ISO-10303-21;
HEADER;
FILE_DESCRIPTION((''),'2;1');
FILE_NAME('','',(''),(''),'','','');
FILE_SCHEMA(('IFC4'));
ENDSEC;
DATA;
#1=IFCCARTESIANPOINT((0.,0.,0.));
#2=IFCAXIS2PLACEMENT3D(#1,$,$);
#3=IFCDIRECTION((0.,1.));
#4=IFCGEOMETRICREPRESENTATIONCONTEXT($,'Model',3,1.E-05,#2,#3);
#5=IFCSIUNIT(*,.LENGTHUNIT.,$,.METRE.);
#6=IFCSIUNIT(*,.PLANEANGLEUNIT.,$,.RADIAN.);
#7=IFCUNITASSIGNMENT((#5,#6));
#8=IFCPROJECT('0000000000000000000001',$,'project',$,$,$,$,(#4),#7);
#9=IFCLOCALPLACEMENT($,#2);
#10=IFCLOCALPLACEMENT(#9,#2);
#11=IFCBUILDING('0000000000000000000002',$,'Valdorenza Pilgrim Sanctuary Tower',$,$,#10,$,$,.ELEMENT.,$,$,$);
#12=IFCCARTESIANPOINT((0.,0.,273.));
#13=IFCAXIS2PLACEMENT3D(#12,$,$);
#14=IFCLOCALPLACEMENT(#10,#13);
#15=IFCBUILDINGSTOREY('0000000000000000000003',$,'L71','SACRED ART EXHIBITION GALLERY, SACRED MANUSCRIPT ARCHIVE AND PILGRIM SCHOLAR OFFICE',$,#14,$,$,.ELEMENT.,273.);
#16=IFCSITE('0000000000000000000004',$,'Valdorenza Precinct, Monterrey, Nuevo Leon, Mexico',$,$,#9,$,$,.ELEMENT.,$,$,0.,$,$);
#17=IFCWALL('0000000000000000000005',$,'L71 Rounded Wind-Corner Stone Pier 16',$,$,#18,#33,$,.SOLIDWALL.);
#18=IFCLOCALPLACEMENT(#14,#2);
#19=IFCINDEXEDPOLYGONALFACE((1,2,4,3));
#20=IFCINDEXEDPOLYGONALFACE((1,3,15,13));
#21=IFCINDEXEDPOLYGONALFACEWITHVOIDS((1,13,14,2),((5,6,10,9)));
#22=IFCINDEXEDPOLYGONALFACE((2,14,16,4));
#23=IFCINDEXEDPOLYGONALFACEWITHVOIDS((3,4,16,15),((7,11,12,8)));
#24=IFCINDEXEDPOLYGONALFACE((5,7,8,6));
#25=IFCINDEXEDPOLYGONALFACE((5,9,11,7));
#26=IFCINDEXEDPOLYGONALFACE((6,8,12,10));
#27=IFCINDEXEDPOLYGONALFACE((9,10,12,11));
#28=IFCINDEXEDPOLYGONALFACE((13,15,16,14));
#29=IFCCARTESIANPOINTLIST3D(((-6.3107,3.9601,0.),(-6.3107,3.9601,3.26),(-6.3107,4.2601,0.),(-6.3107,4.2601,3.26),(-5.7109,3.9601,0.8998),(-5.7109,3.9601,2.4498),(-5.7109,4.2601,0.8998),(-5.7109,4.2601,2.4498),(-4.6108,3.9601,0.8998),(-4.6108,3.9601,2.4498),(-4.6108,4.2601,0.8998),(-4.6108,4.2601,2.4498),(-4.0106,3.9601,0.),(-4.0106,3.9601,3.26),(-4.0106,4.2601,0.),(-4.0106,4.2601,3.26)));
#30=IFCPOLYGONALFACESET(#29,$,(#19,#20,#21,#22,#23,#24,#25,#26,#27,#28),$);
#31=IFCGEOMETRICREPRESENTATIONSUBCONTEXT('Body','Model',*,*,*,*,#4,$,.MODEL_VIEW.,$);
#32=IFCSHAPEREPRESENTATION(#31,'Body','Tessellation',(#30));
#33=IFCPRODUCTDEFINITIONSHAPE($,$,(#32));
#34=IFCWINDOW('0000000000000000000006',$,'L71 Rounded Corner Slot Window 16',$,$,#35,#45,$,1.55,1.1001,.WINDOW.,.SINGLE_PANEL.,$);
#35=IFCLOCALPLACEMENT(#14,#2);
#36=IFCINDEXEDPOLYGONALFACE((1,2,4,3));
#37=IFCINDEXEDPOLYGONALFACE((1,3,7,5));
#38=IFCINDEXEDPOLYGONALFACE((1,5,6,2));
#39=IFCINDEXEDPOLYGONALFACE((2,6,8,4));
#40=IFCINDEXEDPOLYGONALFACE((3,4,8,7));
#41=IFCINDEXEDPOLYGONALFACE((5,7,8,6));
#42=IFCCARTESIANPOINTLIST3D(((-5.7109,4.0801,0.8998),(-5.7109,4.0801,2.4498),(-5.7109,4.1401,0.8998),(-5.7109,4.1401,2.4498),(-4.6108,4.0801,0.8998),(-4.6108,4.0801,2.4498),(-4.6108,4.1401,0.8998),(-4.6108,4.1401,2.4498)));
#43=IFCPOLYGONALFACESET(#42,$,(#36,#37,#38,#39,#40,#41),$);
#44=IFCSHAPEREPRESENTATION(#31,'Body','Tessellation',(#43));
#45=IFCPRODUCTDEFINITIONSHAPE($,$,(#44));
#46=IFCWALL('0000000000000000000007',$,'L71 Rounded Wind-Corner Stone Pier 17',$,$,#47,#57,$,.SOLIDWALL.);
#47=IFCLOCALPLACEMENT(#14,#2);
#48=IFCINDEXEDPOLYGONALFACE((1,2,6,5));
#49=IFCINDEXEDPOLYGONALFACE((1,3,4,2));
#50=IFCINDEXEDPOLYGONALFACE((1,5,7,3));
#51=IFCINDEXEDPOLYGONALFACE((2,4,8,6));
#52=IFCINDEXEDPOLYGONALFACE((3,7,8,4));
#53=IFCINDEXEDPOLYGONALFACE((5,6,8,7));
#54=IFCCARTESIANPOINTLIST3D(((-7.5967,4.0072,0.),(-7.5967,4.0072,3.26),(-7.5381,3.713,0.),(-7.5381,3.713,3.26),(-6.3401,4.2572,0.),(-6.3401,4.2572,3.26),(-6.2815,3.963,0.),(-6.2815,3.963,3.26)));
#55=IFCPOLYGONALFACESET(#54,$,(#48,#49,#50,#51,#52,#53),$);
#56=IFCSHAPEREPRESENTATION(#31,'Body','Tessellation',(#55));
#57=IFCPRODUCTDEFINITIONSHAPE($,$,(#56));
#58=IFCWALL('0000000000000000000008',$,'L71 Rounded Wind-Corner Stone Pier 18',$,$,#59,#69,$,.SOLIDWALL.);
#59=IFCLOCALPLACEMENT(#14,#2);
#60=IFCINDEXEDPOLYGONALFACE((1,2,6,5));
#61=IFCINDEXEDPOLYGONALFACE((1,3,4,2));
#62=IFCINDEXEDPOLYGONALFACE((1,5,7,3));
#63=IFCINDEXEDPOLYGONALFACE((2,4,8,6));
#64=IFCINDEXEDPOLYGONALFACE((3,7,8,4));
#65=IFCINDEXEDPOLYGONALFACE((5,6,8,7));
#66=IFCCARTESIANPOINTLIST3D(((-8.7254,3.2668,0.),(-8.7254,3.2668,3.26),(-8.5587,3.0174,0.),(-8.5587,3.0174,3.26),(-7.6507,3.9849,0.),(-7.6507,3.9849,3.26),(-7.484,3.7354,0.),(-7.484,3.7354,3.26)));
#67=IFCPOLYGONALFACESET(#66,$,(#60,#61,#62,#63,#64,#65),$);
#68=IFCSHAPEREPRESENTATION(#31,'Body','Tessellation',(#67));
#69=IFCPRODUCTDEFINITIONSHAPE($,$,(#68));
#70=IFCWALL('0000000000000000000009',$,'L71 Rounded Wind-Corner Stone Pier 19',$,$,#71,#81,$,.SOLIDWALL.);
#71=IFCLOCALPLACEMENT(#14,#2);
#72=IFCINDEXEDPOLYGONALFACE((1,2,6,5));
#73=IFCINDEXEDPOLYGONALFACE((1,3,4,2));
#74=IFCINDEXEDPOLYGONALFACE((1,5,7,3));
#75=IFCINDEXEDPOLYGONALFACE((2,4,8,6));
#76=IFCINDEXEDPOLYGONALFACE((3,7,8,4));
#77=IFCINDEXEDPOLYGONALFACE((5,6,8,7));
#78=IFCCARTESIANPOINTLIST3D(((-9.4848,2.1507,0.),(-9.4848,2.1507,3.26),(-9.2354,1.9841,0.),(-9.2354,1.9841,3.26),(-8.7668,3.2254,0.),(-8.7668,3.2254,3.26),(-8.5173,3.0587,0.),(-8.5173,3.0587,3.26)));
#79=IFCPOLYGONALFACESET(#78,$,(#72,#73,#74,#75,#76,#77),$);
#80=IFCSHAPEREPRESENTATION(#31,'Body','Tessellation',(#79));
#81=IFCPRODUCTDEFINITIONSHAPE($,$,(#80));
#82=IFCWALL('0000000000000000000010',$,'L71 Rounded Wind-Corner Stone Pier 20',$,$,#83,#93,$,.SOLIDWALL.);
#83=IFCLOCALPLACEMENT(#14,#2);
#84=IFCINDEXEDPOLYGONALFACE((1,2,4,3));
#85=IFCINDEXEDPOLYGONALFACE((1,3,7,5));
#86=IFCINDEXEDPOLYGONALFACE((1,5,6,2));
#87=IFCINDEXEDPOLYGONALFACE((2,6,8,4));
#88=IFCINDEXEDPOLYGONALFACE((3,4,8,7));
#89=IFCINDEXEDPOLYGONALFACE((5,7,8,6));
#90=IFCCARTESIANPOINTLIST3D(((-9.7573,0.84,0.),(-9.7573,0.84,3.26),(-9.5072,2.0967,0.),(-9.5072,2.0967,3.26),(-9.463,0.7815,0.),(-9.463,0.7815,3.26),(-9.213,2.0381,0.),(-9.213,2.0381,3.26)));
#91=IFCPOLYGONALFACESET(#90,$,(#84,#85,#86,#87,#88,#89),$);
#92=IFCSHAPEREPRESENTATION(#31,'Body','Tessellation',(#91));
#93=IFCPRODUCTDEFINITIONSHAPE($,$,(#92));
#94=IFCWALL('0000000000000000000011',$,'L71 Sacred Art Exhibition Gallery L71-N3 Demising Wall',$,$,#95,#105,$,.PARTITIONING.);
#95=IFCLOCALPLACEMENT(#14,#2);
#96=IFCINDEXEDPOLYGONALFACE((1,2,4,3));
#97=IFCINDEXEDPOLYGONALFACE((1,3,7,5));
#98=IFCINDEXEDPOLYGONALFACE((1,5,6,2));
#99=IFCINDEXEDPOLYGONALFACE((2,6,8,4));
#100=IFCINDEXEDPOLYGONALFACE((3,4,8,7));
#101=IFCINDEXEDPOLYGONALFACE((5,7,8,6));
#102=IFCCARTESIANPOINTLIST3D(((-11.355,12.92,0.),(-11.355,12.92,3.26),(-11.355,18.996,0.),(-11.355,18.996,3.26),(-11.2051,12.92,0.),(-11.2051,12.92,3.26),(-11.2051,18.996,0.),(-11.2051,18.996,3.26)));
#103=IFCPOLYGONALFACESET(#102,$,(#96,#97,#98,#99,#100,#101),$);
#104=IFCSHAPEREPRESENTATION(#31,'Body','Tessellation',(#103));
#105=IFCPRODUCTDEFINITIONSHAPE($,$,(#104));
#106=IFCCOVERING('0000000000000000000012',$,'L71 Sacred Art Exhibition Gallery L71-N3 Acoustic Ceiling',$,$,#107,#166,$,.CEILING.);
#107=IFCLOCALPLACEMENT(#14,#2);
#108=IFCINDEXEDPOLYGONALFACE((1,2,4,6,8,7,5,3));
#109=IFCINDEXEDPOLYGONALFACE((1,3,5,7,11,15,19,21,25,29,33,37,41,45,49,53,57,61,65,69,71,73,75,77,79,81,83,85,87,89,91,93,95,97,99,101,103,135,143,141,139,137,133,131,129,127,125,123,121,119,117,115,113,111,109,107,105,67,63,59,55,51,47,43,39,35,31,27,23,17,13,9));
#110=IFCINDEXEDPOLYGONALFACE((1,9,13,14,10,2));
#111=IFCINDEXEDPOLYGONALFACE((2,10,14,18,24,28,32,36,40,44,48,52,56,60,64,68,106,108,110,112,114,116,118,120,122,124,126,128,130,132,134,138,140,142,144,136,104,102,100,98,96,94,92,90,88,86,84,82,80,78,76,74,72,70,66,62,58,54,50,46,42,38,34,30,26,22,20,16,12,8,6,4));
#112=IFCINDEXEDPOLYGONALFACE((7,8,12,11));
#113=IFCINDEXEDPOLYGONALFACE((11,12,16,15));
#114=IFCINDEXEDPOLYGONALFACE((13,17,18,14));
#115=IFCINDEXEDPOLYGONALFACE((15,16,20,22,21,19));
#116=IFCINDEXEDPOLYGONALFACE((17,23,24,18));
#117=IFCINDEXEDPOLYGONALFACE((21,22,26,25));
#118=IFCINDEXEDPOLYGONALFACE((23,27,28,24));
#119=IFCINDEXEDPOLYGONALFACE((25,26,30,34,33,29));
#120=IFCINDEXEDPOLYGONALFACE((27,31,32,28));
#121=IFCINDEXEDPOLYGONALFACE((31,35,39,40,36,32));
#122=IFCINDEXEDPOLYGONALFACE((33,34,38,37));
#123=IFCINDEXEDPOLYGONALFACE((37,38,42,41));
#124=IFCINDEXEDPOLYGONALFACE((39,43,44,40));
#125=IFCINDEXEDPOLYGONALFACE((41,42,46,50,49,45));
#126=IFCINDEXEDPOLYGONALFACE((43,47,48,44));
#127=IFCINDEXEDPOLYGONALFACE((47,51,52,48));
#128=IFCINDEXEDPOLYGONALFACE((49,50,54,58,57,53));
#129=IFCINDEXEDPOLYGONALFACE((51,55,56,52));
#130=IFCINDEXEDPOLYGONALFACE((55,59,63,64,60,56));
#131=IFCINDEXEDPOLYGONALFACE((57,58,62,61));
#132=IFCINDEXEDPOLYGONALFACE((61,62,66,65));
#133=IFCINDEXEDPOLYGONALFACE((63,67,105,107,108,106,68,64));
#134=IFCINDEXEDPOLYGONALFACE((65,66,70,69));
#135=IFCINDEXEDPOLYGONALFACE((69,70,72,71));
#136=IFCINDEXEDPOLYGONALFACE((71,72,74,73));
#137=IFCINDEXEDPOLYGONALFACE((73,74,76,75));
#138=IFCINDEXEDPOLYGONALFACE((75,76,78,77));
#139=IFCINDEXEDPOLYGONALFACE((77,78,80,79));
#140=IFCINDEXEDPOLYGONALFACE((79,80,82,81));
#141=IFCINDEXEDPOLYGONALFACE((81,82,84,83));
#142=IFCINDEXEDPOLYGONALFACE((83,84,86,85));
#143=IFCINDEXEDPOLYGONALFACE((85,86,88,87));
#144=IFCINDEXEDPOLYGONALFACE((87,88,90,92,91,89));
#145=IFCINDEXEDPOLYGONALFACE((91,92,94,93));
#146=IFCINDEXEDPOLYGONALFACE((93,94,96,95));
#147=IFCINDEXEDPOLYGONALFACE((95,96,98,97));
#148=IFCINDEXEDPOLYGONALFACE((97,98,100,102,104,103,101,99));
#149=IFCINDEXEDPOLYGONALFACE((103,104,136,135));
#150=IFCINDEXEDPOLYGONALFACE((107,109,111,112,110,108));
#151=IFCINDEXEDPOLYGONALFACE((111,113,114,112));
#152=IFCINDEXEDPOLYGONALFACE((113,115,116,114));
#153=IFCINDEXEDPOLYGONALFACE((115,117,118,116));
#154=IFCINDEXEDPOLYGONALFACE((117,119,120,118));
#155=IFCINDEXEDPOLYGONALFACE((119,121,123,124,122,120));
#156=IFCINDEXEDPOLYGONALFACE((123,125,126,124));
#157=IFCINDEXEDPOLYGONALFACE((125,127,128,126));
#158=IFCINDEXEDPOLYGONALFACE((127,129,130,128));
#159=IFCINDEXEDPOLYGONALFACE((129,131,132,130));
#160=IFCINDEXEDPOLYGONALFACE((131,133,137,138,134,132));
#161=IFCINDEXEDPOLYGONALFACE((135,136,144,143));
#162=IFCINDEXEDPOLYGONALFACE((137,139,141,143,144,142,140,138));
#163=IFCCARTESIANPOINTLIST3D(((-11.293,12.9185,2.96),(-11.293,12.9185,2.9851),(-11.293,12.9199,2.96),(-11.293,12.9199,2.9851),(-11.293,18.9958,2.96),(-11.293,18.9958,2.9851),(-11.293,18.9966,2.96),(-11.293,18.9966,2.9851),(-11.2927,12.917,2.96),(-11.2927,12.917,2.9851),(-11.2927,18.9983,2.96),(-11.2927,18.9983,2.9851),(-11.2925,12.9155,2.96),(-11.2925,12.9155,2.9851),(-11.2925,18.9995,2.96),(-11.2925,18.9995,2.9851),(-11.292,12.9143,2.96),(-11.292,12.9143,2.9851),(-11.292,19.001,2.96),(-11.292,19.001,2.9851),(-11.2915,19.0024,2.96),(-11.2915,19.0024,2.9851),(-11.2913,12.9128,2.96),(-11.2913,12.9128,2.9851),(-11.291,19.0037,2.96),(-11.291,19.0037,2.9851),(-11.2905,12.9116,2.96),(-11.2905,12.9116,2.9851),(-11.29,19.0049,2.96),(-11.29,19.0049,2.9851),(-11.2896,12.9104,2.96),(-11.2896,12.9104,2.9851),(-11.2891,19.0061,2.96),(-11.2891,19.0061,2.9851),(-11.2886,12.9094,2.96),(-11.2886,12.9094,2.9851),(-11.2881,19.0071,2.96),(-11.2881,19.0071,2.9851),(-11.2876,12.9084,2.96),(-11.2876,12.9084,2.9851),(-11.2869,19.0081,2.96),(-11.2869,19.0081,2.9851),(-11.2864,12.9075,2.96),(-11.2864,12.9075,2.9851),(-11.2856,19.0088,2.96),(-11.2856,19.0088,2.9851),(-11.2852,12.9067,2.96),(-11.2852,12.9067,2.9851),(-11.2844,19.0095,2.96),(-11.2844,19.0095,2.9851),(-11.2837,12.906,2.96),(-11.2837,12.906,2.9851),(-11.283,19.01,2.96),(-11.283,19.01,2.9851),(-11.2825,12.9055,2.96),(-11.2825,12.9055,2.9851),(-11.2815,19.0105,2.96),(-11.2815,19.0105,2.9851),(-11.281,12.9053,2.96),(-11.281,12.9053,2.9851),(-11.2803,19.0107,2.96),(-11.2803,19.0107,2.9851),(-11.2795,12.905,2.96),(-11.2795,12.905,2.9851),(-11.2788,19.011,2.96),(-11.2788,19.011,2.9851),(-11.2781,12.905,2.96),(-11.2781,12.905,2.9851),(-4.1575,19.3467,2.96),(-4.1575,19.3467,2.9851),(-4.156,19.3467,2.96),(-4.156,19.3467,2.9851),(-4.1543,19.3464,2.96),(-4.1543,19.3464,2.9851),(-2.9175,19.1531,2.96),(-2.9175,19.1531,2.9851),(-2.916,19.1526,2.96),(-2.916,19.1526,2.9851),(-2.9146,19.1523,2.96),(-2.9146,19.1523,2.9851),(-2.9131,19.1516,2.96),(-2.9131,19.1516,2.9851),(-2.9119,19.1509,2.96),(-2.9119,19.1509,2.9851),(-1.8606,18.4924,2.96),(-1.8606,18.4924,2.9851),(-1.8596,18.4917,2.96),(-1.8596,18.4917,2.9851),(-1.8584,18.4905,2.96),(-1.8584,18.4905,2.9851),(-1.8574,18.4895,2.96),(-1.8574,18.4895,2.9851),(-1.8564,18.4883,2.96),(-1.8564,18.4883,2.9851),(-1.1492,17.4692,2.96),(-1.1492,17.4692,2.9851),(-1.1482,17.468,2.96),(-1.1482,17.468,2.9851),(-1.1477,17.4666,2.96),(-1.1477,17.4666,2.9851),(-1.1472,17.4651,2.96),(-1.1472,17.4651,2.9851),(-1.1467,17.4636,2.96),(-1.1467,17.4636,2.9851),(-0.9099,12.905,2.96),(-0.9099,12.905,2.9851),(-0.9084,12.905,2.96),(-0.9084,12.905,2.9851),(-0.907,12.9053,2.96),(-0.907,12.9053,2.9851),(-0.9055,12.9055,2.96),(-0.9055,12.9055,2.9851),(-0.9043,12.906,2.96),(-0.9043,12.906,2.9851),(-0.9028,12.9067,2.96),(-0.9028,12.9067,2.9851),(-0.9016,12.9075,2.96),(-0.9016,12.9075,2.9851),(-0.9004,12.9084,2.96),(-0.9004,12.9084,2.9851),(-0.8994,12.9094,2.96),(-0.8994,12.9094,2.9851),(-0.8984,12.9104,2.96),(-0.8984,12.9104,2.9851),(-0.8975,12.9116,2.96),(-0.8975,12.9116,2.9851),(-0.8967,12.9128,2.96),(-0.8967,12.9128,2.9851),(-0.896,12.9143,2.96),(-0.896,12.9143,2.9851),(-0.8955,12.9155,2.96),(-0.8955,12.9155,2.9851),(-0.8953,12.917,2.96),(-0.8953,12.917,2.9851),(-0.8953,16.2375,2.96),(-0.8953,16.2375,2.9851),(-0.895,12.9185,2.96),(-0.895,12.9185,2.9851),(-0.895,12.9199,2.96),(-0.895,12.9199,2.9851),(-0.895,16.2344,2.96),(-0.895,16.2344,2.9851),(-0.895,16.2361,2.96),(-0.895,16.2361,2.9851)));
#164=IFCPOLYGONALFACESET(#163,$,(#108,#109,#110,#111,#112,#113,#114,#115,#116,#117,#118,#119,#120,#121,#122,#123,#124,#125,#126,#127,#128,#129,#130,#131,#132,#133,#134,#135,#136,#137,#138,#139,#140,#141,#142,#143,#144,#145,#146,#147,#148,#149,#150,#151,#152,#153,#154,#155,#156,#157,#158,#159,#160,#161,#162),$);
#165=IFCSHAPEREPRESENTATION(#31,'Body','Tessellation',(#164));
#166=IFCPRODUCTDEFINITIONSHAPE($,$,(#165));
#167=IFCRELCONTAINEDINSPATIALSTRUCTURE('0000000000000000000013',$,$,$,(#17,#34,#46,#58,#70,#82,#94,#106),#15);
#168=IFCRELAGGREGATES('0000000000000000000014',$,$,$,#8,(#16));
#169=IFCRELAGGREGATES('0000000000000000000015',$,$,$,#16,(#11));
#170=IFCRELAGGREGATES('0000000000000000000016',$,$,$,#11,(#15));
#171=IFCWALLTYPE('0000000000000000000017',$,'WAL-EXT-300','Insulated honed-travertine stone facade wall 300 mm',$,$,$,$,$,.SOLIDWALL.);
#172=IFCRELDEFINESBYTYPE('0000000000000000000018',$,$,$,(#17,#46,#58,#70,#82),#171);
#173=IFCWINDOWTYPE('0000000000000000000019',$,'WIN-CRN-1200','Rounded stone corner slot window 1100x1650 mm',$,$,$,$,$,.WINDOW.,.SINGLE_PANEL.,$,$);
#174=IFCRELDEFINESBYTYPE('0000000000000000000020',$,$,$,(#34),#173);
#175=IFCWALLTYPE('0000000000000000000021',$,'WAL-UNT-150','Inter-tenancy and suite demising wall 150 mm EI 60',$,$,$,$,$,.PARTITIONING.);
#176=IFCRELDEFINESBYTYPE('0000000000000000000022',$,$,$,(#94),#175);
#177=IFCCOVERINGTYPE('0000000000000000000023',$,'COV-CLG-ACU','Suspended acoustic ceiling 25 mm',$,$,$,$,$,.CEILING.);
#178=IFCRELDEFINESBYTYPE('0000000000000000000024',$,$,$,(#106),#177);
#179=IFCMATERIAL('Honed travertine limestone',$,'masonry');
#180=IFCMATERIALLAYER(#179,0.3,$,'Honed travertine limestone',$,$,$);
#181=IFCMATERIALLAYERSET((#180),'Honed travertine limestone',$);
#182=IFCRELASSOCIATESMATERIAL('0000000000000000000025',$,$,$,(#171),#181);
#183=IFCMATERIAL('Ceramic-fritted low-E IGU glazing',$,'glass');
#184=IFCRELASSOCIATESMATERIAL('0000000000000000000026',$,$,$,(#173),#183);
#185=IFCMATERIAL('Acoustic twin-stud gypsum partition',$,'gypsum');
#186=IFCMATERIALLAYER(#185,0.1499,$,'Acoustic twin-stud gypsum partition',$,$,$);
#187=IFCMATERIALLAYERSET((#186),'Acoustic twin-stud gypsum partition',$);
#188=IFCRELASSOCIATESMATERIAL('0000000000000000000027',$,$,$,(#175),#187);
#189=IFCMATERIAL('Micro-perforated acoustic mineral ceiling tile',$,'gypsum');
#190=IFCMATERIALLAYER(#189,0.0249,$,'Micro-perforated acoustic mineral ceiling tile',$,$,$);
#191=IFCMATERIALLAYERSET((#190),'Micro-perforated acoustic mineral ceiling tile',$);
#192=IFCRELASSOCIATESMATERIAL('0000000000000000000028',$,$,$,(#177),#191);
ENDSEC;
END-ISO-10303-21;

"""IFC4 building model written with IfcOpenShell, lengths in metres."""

from ifc_helpers import new_model, si_unit, direction, frame, frame_2d, origin, place, context, subcontext, project, spatial, polyline, rectangle, outline, extrude, material, layer, layer_set, type_object, element, fill, save


model = new_model("IFC4")

# Units and contexts
model_context = context("Model", 3, precision=1e-05, world=origin(), true_north=direction((0.0, 1.0)))
body_context = subcontext(model_context, "Body", "Model", "MODEL_VIEW")
ifc_project = project(units=[si_unit("LENGTHUNIT", "METRE"), si_unit("PLANEANGLEUNIT", "RADIAN")], contexts=[model_context])

# Site, building, storey
site_placement = place(None, origin())
site = spatial("IfcSite", under=ifc_project, at=site_placement, Name="Valdorenza Precinct, Monterrey, Nuevo Leon, Mexico", CompositionType="ELEMENT", RefElevation=0.0)
building_placement = place(site_placement, origin())
building = spatial("IfcBuilding", under=site, at=building_placement, Name="Valdorenza Pilgrim Sanctuary Tower", CompositionType="ELEMENT")
storey_placement = place(building_placement, frame((0.0, 0.0, 273.0)))
storey = spatial("IfcBuildingStorey", under=building, at=storey_placement, Name="L71", Description="SACRED ART EXHIBITION GALLERY, SACRED MANUSCRIPT ARCHIVE AND PILGRIM SCHOLAR OFFICE", CompositionType="ELEMENT", Elevation=273.0)

# Shared definitions
ifc_material_1 = material(Name="Ceramic-fritted low-E IGU glazing", Category="glass")
ifc_material_2 = material(Name="Honed travertine limestone", Category="masonry")

# Shared definitions
ifc_material_3 = material(Name="Acoustic twin-stud gypsum partition", Category="gypsum")

# Shared definitions
ifc_layer_1 = layer(ifc_material_2, 0.3, Name="Honed travertine limestone")
ifc_layer_set_1 = layer_set([ifc_layer_1], Name="Honed travertine limestone")
wall_type_1 = type_object("IfcWallType", Name="WAL-EXT-300", Description="Insulated honed-travertine stone facade wall 300 mm", PredefinedType="SOLIDWALL", material=ifc_layer_set_1)

# Wall, opening, window
wall_1_placement = place(storey_placement, frame((-4.0107, 4.1101, 0.0), z_axis=(0.0, 0.0, 1.0), x_axis=(-1.0, 0.0, 0.0)))
wall_1 = element("IfcWall", 1, at=wall_1_placement, inside=storey, type_object=wall_type_1, Name="L71 Rounded Wind-Corner Stone Pier 16", PredefinedType="SOLIDWALL", context=body_context, shape_type="SweptSolid", body=[
    extrude(rectangle(XDim=2.3, YDim=0.3, at=frame_2d((1.1499, 0.0))), origin(), (0.0, 0.0, 1.0), 3.26),
])
opening_1_placement = place(wall_1_placement, frame((0.6001, 0.0, 0.8999)))
opening_1 = element("IfcOpeningElement", 2, at=opening_1_placement, cuts=wall_1, PredefinedType="OPENING", context=body_context, shape_type="SweptSolid", body=[
    extrude(rectangle(XDim=1.1001, YDim=1.55, at=frame_2d((0.55, 0.7749))), frame((0.0, 0.165, 0.0), z_axis=(0.0, -1.0, 0.0), x_axis=(1.0, 0.0, 0.0)), (0.0, 0.0, 1.0), 0.3298),
])
window_type = type_object("IfcWindowType", Name="WIN-CRN-1200", Description="Rounded stone corner slot window 1100x1650 mm", PartitioningType="SINGLE_PANEL", PredefinedType="WINDOW", material=ifc_material_1)
window_placement = place(opening_1_placement, origin())
window = element("IfcWindow", 3, at=window_placement, inside=storey, type_object=window_type, Name="L71 Rounded Corner Slot Window 16", OverallHeight=1.55, OverallWidth=1.1001, PartitioningType="SINGLE_PANEL", PredefinedType="WINDOW", context=body_context, shape_type="SweptSolid", body=[
    extrude(rectangle(XDim=1.1001, YDim=1.55, at=frame_2d((0.55, 0.7749))), frame((0.0, 0.03, 0.0), z_axis=(0.0, -1.0, 0.0), x_axis=(1.0, 0.0, 0.0)), (0.0, 0.0, 1.0), 0.0601),
])
fill(opening_1, window)

# Walls
wall_2_placement = place(storey_placement, frame((-6.3108, 4.1101, 0.0), z_axis=(0.0, 0.0, 1.0), x_axis=(-0.980778, -0.195127, 0.0)))
element("IfcWall", 4, at=wall_2_placement, inside=storey, type_object=wall_type_1, Name="L71 Rounded Wind-Corner Stone Pier 17", PredefinedType="SOLIDWALL", context=body_context, shape_type="SweptSolid", body=[
    extrude(rectangle(XDim=1.2812, YDim=0.3, at=frame_2d((0.6406, 0.0))), origin(), (0.0, 0.0, 1.0), 3.26),
])
for number, where, z_axis, x_axis, name in (
    (5, (-7.5674, 3.8601, 0.0), (0.0, 0.0, 1.0), (-0.831498, -0.555528, 0.0), "L71 Rounded Wind-Corner Stone Pier 18"),
    (6, (-8.6421, 3.1421, 0.0), (0.0, 0.0, 1.0), (-0.555528, -0.831498, 0.0), "L71 Rounded Wind-Corner Stone Pier 19"),
):
    element("IfcWall", number, at=place(storey_placement, frame(where, z_axis=z_axis, x_axis=x_axis)), inside=storey, type_object=wall_type_1, Name=name, PredefinedType="SOLIDWALL", context=body_context, shape_type="SweptSolid", body=[
        extrude(rectangle(XDim=1.2925, YDim=0.3, at=frame_2d((0.6462, 0.0))), origin(), (0.0, 0.0, 1.0), 3.26),
    ])
wall_3_placement = place(storey_placement, frame((-9.3601, 2.0674, 0.0), z_axis=(0.0, 0.0, 1.0), x_axis=(-0.195127, -0.980778, 0.0)))
element("IfcWall", 7, at=wall_3_placement, inside=storey, type_object=wall_type_1, Name="L71 Rounded Wind-Corner Stone Pier 20", PredefinedType="SOLIDWALL", context=body_context, shape_type="SweptSolid", body=[
    extrude(rectangle(XDim=1.2812, YDim=0.3, at=frame_2d((0.6406, 0.0))), origin(), (0.0, 0.0, 1.0), 3.26),
])
ifc_layer_2 = layer(ifc_material_3, 0.1499, Name="Acoustic twin-stud gypsum partition")
ifc_layer_set_2 = layer_set([ifc_layer_2], Name="Acoustic twin-stud gypsum partition")
wall_type_2 = type_object("IfcWallType", Name="WAL-UNT-150", Description="Inter-tenancy and suite demising wall 150 mm EI 60", PredefinedType="PARTITIONING", material=ifc_layer_set_2)
wall_4_placement = place(storey_placement, frame((-11.28, 12.9199, 0.0), z_axis=(0.0, 0.0, 1.0), x_axis=(0.0, 1.0, 0.0)))
element("IfcWall", 8, at=wall_4_placement, inside=storey, type_object=wall_type_2, Name="L71 Sacred Art Exhibition Gallery L71-N3 Demising Wall", PredefinedType="PARTITIONING", context=body_context, shape_type="SweptSolid", body=[
    extrude(rectangle(XDim=6.0759, YDim=0.1499, at=frame_2d((3.0381, 0.0))), origin(), (0.0, 0.0, 1.0), 3.26),
])

# Covering
ifc_material_4 = material(Name="Micro-perforated acoustic mineral ceiling tile", Category="gypsum")
ifc_layer_3 = layer(ifc_material_4, 0.0249, Name="Micro-perforated acoustic mineral ceiling tile")
ifc_layer_set_3 = layer_set([ifc_layer_3], Name="Micro-perforated acoustic mineral ceiling tile")
covering_type_1 = type_object("IfcCoveringType", Name="COV-CLG-ACU", Description="Suspended acoustic ceiling 25 mm", PredefinedType="CEILING", material=ifc_layer_set_3)
covering_1_placement = place(storey_placement, frame((0.0, 0.0, 2.96)))
element("IfcCovering", 9, at=covering_1_placement, inside=storey, type_object=covering_type_1, Name="L71 Sacred Art Exhibition Gallery L71-N3 Acoustic Ceiling", PredefinedType="CEILING", context=body_context, shape_type="SweptSolid", body=[
    extrude(outline(polyline([(-11.293, 18.9958), (-11.293, 18.9966), (-11.2927, 18.9983), (-11.2925, 18.9995), (-11.292, 19.001), (-11.2915, 19.0024), (-11.291, 19.0037), (-11.29, 19.0049), (-11.2891, 19.0061), (-11.2881, 19.0071), (-11.2869, 19.0081), (-11.2856, 19.0088), (-11.2844, 19.0095), (-11.283, 19.01), (-11.2815, 19.0105), (-11.2803, 19.0107), (-11.2788, 19.011), (-4.1575, 19.3467), (-4.156, 19.3467), (-4.1543, 19.3464), (-2.9175, 19.1531), (-2.916, 19.1526), (-2.9146, 19.1523), (-2.9131, 19.1516), (-2.9119, 19.1509), (-1.8606, 18.4924), (-1.8596, 18.4917), (-1.8584, 18.4905), (-1.8574, 18.4895), (-1.8564, 18.4883), (-1.1492, 17.4692), (-1.1482, 17.468), (-1.1477, 17.4666), (-1.1472, 17.4651), (-1.1467, 17.4636), (-0.8953, 16.2375), (-0.895, 16.2361), (-0.895, 16.2344), (-0.895, 12.9199), (-0.895, 12.9185), (-0.8953, 12.917), (-0.8955, 12.9155), (-0.896, 12.9143), (-0.8967, 12.9128), (-0.8975, 12.9116), (-0.8984, 12.9104), (-0.8994, 12.9094), (-0.9004, 12.9084), (-0.9016, 12.9075), (-0.9028, 12.9067), (-0.9043, 12.906), (-0.9055, 12.9055), (-0.907, 12.9053), (-0.9084, 12.905), (-0.9099, 12.905), (-11.2781, 12.905), (-11.2795, 12.905), (-11.281, 12.9053), (-11.2825, 12.9055), (-11.2837, 12.906), (-11.2852, 12.9067), (-11.2864, 12.9075), (-11.2876, 12.9084), (-11.2886, 12.9094), (-11.2896, 12.9104), (-11.2905, 12.9116), (-11.2913, 12.9128), (-11.292, 12.9143), (-11.2925, 12.9155), (-11.2927, 12.917), (-11.293, 12.9185), (-11.293, 12.9199), (-11.293, 18.9958), (-11.293, 18.9958)])), origin(), (0.0, 0.0, 1.0), 0.0251),
])

save(model, "model.ifc")
